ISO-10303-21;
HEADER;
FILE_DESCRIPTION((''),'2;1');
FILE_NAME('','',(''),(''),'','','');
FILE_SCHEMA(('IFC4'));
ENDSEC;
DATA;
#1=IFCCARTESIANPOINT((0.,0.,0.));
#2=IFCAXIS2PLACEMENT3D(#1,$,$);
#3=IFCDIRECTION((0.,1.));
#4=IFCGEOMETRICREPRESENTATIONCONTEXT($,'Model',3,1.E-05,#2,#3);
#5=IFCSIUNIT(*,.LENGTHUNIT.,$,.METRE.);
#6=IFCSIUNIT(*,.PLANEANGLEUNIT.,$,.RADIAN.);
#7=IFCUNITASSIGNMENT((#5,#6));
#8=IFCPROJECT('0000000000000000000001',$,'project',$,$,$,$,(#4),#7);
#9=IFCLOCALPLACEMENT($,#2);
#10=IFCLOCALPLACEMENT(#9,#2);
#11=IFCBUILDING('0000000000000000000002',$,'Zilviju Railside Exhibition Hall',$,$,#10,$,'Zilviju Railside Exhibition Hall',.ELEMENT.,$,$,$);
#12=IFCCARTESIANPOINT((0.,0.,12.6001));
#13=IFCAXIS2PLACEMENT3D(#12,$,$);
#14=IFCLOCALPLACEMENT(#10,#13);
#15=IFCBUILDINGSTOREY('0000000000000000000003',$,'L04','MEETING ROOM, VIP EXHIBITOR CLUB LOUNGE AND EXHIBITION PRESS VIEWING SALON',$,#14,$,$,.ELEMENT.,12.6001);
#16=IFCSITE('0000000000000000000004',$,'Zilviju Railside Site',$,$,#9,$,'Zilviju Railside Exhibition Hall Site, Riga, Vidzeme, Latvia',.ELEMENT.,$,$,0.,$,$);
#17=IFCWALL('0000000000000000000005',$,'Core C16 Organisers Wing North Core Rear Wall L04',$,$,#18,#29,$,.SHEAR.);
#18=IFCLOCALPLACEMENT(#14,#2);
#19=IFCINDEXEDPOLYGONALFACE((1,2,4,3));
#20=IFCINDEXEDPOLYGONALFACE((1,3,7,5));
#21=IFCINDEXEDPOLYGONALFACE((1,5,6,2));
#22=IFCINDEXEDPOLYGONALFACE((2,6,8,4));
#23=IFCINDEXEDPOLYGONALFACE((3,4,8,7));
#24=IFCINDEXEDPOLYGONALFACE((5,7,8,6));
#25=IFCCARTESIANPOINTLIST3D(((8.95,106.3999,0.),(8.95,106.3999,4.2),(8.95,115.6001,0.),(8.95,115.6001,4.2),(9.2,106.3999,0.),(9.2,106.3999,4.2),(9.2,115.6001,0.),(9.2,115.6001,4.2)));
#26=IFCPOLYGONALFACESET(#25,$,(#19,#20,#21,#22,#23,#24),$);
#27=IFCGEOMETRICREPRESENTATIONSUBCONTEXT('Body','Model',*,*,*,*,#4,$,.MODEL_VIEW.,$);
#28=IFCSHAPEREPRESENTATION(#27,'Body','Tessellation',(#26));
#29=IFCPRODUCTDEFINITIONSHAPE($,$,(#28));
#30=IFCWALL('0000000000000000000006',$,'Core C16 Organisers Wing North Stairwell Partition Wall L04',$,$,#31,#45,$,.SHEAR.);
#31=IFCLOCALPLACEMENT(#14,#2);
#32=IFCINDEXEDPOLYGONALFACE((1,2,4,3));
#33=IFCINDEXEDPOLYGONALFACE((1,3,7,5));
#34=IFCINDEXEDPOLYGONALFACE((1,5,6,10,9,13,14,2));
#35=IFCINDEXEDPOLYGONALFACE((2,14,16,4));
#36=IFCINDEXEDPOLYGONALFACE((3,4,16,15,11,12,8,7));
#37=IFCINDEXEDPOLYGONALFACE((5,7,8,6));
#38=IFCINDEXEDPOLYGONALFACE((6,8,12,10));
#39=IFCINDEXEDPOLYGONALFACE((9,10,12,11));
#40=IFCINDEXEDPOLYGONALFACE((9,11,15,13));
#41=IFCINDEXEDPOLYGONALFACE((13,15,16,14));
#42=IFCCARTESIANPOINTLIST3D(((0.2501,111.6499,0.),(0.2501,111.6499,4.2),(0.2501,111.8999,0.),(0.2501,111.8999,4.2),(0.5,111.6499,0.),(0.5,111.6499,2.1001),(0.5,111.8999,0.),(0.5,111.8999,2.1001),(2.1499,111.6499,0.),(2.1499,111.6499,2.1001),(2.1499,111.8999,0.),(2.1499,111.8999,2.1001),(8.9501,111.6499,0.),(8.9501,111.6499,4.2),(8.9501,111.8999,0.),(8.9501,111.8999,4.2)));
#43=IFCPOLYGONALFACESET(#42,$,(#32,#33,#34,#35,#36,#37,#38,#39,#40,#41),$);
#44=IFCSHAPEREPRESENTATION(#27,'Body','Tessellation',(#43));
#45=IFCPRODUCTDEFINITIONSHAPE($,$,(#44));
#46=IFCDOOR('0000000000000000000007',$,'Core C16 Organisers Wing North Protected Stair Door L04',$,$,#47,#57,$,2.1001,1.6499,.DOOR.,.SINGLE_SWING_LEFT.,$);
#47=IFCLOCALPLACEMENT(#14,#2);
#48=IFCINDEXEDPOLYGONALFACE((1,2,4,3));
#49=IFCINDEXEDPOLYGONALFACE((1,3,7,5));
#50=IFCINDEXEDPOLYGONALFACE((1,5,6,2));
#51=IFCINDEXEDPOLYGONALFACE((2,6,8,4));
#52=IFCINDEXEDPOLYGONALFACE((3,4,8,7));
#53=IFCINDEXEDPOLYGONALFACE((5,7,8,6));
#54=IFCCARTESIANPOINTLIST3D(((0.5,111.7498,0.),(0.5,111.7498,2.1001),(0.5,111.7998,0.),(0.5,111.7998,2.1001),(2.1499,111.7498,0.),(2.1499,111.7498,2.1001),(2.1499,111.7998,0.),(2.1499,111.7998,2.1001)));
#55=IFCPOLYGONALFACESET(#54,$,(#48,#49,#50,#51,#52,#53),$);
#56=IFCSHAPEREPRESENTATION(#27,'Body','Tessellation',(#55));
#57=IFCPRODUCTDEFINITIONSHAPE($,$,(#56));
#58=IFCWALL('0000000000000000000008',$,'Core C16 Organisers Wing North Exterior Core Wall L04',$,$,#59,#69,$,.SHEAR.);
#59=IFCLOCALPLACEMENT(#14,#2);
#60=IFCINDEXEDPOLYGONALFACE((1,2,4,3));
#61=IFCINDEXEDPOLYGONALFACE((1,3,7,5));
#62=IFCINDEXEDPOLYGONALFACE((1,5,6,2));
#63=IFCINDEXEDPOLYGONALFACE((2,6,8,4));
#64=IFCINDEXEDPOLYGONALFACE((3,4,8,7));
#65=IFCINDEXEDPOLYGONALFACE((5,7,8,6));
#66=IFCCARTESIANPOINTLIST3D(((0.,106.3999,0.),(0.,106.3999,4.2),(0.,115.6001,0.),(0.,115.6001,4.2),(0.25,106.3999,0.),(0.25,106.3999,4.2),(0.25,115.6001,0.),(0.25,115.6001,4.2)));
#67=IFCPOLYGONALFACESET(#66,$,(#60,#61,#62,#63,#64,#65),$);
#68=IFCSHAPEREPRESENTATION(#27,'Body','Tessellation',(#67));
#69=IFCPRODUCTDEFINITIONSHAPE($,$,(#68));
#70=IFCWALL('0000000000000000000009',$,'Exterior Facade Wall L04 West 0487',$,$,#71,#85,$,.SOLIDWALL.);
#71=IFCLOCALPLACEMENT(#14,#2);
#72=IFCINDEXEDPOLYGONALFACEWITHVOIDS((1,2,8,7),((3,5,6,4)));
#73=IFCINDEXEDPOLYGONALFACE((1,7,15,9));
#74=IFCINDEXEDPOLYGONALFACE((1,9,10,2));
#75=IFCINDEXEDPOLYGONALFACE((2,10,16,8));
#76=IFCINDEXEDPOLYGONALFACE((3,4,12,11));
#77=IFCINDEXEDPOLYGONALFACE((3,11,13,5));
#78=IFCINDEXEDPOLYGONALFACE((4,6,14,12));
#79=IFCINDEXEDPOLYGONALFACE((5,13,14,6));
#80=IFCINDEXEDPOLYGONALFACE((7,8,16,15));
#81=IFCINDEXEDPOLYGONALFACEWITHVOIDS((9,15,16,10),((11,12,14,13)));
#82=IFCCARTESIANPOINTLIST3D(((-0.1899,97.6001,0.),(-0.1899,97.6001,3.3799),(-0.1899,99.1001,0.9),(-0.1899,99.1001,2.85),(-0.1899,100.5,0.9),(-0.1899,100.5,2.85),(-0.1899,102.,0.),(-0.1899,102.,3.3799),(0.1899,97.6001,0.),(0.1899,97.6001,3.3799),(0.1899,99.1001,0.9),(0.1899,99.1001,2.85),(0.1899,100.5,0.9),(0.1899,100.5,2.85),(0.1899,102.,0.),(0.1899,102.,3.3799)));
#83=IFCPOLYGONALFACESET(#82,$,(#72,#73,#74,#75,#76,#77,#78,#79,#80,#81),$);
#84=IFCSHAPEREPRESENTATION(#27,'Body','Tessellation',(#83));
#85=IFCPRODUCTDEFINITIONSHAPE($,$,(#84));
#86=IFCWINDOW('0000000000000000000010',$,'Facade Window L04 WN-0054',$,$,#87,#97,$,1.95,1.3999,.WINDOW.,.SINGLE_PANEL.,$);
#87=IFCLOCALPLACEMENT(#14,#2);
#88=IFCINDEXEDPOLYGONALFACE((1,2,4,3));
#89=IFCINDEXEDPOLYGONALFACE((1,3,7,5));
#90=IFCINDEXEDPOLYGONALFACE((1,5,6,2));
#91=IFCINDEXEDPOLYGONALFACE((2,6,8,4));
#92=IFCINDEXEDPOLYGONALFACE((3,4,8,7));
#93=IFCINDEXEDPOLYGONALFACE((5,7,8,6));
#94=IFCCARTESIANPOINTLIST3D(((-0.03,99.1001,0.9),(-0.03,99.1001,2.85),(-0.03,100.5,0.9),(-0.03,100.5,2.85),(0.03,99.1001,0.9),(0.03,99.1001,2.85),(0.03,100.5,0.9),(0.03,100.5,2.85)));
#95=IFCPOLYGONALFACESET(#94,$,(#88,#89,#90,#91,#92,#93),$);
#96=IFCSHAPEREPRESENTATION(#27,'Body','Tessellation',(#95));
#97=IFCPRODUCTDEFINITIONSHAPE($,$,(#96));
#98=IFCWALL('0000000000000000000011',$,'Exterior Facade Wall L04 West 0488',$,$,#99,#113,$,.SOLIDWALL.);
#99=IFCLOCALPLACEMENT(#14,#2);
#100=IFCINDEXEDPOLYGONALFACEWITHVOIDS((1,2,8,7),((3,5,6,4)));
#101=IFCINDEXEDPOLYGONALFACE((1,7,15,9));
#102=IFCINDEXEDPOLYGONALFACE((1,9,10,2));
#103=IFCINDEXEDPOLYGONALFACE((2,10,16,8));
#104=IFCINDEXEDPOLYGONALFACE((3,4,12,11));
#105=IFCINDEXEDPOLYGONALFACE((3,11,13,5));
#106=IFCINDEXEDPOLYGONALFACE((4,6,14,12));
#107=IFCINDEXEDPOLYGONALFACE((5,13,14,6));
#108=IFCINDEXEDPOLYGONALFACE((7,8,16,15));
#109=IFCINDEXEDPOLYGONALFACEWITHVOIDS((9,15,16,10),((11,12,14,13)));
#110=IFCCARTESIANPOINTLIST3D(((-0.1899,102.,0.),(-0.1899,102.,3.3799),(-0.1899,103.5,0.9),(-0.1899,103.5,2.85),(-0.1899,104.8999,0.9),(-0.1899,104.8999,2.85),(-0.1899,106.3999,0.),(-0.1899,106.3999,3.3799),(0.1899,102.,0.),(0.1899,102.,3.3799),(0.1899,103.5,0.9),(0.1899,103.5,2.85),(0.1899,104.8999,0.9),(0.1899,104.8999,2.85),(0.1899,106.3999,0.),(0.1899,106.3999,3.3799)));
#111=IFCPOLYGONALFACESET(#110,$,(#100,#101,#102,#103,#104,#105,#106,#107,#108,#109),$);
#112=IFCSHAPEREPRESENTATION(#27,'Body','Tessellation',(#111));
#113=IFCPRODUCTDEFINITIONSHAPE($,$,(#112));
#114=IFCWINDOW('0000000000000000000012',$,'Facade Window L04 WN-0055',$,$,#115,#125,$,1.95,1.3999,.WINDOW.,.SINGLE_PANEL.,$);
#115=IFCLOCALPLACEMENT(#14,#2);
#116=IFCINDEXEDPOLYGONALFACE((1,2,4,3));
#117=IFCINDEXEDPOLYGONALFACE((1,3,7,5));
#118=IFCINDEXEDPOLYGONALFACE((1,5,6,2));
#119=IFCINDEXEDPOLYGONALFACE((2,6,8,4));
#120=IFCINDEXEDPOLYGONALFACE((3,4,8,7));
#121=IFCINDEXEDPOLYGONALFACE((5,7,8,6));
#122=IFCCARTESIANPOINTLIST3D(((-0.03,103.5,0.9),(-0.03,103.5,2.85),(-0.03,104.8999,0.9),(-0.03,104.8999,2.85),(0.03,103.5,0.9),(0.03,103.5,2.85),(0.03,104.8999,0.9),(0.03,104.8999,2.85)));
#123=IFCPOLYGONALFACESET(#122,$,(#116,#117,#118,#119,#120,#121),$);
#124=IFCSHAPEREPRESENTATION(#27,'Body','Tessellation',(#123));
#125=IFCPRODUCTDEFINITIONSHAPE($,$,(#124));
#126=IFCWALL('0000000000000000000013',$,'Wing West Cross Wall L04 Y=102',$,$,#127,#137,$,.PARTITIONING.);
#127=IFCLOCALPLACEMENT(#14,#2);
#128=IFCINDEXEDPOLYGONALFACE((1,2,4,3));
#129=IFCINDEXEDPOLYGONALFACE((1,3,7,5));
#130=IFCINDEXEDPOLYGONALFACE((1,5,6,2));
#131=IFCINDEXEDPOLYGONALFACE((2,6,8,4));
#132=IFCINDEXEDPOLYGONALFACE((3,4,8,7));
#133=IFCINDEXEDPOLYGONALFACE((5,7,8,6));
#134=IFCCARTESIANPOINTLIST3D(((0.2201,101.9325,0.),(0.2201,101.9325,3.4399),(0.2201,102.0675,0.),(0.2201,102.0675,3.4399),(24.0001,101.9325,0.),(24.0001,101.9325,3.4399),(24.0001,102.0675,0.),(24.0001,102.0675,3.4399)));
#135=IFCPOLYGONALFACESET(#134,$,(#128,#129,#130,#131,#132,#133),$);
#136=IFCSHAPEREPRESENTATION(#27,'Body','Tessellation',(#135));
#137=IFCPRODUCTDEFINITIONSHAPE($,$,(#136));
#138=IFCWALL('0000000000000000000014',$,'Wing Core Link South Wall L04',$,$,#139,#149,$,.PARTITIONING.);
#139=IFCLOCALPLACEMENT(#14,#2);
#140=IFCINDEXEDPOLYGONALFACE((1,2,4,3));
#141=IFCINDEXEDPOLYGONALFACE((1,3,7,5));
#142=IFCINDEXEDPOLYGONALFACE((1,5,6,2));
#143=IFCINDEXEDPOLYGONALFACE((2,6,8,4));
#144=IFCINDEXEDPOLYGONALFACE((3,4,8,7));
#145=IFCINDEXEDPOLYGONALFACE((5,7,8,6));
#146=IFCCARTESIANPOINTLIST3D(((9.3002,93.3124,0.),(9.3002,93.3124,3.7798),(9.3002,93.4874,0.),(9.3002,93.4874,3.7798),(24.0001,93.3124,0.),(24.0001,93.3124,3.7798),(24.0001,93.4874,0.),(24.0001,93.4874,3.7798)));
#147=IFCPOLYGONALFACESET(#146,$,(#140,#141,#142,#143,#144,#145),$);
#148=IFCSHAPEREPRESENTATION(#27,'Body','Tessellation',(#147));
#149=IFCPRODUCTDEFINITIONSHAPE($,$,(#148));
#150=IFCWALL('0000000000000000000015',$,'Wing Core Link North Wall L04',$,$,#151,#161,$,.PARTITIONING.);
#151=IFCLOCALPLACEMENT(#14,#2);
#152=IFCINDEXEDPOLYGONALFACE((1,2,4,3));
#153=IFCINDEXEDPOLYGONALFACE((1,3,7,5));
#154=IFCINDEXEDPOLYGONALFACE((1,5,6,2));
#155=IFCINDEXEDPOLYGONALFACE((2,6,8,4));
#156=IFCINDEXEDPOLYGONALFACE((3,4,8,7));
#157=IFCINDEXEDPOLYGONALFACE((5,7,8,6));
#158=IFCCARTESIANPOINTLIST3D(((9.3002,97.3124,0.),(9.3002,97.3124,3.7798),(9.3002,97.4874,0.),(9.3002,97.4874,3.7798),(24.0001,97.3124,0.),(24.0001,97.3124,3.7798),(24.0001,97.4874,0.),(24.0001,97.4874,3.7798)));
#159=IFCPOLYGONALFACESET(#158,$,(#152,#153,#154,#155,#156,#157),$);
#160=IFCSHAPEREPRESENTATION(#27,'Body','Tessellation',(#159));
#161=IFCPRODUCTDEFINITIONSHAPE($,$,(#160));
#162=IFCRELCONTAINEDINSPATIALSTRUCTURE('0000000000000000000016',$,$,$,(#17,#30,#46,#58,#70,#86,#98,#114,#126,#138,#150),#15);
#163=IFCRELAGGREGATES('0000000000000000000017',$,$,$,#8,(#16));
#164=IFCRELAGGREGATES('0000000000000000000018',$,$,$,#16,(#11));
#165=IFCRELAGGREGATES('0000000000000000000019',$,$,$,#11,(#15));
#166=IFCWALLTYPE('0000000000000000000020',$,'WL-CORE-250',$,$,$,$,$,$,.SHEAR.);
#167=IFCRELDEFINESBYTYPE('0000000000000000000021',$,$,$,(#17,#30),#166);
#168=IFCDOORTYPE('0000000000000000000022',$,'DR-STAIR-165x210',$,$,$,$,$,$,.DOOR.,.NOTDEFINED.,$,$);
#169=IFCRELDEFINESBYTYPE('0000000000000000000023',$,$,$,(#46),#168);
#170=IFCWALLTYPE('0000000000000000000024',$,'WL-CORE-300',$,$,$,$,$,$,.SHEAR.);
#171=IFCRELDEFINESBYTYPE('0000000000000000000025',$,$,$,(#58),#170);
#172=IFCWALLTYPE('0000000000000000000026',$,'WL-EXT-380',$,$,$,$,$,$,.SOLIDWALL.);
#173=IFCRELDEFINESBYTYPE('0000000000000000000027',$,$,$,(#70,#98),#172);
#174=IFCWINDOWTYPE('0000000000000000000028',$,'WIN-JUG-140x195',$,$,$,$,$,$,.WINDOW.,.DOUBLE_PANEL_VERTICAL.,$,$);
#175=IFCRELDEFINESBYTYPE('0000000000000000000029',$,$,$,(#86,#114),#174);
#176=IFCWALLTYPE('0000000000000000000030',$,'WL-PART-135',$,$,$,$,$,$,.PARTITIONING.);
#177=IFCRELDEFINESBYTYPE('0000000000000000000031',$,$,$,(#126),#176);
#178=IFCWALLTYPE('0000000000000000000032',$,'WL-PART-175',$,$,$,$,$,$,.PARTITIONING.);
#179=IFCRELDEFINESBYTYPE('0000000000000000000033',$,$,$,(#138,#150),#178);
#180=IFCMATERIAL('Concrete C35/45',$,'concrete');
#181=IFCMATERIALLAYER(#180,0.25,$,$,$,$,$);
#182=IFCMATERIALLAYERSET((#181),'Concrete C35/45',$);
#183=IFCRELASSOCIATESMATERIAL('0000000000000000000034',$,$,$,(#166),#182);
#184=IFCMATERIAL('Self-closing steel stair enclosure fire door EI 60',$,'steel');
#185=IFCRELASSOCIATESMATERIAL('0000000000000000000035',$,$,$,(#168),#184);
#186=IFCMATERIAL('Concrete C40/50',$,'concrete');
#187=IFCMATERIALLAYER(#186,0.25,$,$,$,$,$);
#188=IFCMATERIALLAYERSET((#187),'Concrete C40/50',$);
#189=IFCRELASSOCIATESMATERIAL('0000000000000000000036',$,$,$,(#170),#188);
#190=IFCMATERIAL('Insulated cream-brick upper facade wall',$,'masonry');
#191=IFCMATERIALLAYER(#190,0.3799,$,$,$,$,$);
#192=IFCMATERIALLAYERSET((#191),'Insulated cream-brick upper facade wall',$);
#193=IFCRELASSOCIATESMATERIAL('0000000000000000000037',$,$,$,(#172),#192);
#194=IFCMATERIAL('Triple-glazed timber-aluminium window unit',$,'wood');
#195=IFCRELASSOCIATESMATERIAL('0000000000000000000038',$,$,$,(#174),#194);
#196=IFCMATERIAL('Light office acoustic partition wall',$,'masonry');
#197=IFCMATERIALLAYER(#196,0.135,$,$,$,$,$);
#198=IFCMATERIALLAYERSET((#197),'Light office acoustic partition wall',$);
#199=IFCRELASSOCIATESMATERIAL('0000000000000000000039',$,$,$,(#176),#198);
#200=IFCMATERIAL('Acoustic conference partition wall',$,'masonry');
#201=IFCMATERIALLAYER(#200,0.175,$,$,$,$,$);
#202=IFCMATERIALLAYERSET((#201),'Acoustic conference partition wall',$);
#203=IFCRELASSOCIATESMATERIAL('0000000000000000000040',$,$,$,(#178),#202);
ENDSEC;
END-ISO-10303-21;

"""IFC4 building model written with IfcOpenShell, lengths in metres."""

from ifc_helpers import new_model, si_unit, direction, frame, frame_2d, origin, place, context, subcontext, project, spatial, rectangle, extrude, material, layer, layer_set, type_object, element, fill, save


model = new_model("IFC4")

# Units and contexts
model_context = context("Model", 3, precision=1e-05, world=origin(), true_north=direction((0.0, 1.0)))
body_context = subcontext(model_context, "Body", "Model", "MODEL_VIEW")
ifc_project = project(units=[si_unit("LENGTHUNIT", "METRE"), si_unit("PLANEANGLEUNIT", "RADIAN")], contexts=[model_context])

# Site, building, storey
site_placement = place(None, origin())
site = spatial("IfcSite", under=ifc_project, at=site_placement, Name="Zilviju Railside Site", LongName="Zilviju Railside Exhibition Hall Site, Riga, Vidzeme, Latvia", CompositionType="ELEMENT", RefElevation=0.0)
building_placement = place(site_placement, origin())
building = spatial("IfcBuilding", under=site, at=building_placement, Name="Zilviju Railside Exhibition Hall", LongName="Zilviju Railside Exhibition Hall", CompositionType="ELEMENT")
storey_placement = place(building_placement, frame((0.0, 0.0, 12.6001)))
storey = spatial("IfcBuildingStorey", under=building, at=storey_placement, Name="L04", Description="MEETING ROOM, VIP EXHIBITOR CLUB LOUNGE AND EXHIBITION PRESS VIEWING SALON", CompositionType="ELEMENT", Elevation=12.6001)

# Shared definitions
ifc_material_1 = material(Name="Concrete C35/45", Category="concrete")

# Shared definitions
ifc_layer_1 = layer(ifc_material_1, 0.25)
ifc_layer_set_1 = layer_set([ifc_layer_1], Name="Concrete C35/45")
wall_type_1 = type_object("IfcWallType", Name="WL-CORE-250", PredefinedType="SHEAR", material=ifc_layer_set_1)
ifc_material_2 = material(Name="Self-closing steel stair enclosure fire door EI 60", Category="steel")
door_type_1 = type_object("IfcDoorType", Name="DR-STAIR-165x210", OperationType="NOTDEFINED", PredefinedType="DOOR", material=ifc_material_2)

# Wall
wall_1_placement = place(storey_placement, frame((9.075, 106.3999, 0.0), z_axis=(0.0, 0.0, 1.0), x_axis=(0.0, 1.0, 0.0)))
element("IfcWall", 1, at=wall_1_placement, inside=storey, type_object=wall_type_1, Name="Core C16 Organisers Wing North Core Rear Wall L04", PredefinedType="SHEAR", context=body_context, shape_type="SweptSolid", body=[
    extrude(rectangle(XDim=9.2002, YDim=0.25, at=frame_2d((4.6001, 0.0))), origin(), (0.0, 0.0, 1.0), 4.2),
])

# Wall, opening, door
wall_2_placement = place(storey_placement, frame((0.25, 111.7749, 0.0), z_axis=(0.0, 0.0, 1.0), x_axis=(1.0, 0.0, 0.0)))
wall_2 = element("IfcWall", 2, at=wall_2_placement, inside=storey, type_object=wall_type_1, Name="Core C16 Organisers Wing North Stairwell Partition Wall L04", PredefinedType="SHEAR", context=body_context, shape_type="SweptSolid", body=[
    extrude(rectangle(XDim=8.7, YDim=0.25, at=frame_2d((4.3501, 0.0))), origin(), (0.0, 0.0, 1.0), 4.2),
])
opening_1_placement = place(wall_2_placement, frame((0.25, 0.0, 0.0)))
opening_1 = element("IfcOpeningElement", 3, at=opening_1_placement, cuts=wall_2, PredefinedType="OPENING", context=body_context, shape_type="SweptSolid", body=[
    extrude(rectangle(XDim=1.6499, YDim=2.1001, at=frame_2d((0.825, 1.05))), frame((0.0, 0.135, 0.0), z_axis=(0.0, -1.0, 0.0), x_axis=(1.0, 0.0, 0.0)), (0.0, 0.0, 1.0), 0.27),
])
door_1_placement = place(opening_1_placement, origin())
door_1 = element("IfcDoor", 4, at=door_1_placement, inside=storey, type_object=door_type_1, Name="Core C16 Organisers Wing North Protected Stair Door L04", OperationType="SINGLE_SWING_LEFT", OverallHeight=2.1001, OverallWidth=1.6499, PredefinedType="DOOR", context=body_context, shape_type="SweptSolid", body=[
    extrude(rectangle(XDim=1.6499, YDim=2.1001, at=frame_2d((0.825, 1.05))), frame((0.0, 0.0249, 0.0), z_axis=(0.0, -1.0, 0.0), x_axis=(1.0, 0.0, 0.0)), (0.0, 0.0, 1.0), 0.05),
])
fill(opening_1, door_1)

# Wall
ifc_material_3 = material(Name="Concrete C40/50", Category="concrete")
ifc_layer_2 = layer(ifc_material_3, 0.25)
ifc_layer_set_2 = layer_set([ifc_layer_2], Name="Concrete C40/50")
wall_type_2 = type_object("IfcWallType", Name="WL-CORE-300", PredefinedType="SHEAR", material=ifc_layer_set_2)
wall_3_placement = place(storey_placement, frame((0.125, 106.3999, 0.0), z_axis=(0.0, 0.0, 1.0), x_axis=(0.0, 1.0, 0.0)))
element("IfcWall", 5, at=wall_3_placement, inside=storey, type_object=wall_type_2, Name="Core C16 Organisers Wing North Exterior Core Wall L04", PredefinedType="SHEAR", context=body_context, shape_type="SweptSolid", body=[
    extrude(rectangle(XDim=9.2002, YDim=0.25, at=frame_2d((4.6001, 0.0))), origin(), (0.0, 0.0, 1.0), 4.2),
])

# Walls, openings, windows
ifc_material_4 = material(Name="Insulated cream-brick upper facade wall", Category="masonry")
ifc_layer_3 = layer(ifc_material_4, 0.3799)
ifc_layer_set_3 = layer_set([ifc_layer_3], Name="Insulated cream-brick upper facade wall")
wall_type_3 = type_object("IfcWallType", Name="WL-EXT-380", PredefinedType="SOLIDWALL", material=ifc_layer_set_3)
wall_4_placement = place(storey_placement, frame((0.0, 97.6001, 0.0), z_axis=(0.0, 0.0, 1.0), x_axis=(0.0, 1.0, 0.0)))
wall_4 = element("IfcWall", 6, at=wall_4_placement, inside=storey, type_object=wall_type_3, Name="Exterior Facade Wall L04 West 0487", PredefinedType="SOLIDWALL", context=body_context, shape_type="SweptSolid", body=[
    extrude(rectangle(XDim=4.3999, YDim=0.3799, at=frame_2d((2.2, 0.0))), origin(), (0.0, 0.0, 1.0), 3.3799),
])
opening_2_placement = place(wall_4_placement, frame((1.5, 0.0, 0.8999)))
opening_2 = element("IfcOpeningElement", 7, at=opening_2_placement, cuts=wall_4, PredefinedType="OPENING", context=body_context, shape_type="SweptSolid", body=[
    extrude(rectangle(XDim=1.3999, YDim=1.95, at=frame_2d((0.7, 0.9751))), frame((0.0, 0.2, 0.0), z_axis=(0.0, -1.0, 0.0), x_axis=(1.0, 0.0, 0.0)), (0.0, 0.0, 1.0), 0.3999),
])
ifc_material_5 = material(Name="Triple-glazed timber-aluminium window unit", Category="wood")
window_type = type_object("IfcWindowType", Name="WIN-JUG-140x195", PartitioningType="DOUBLE_PANEL_VERTICAL", PredefinedType="WINDOW", material=ifc_material_5)
window_1_placement = place(opening_2_placement, origin())
window_1 = element("IfcWindow", 8, at=window_1_placement, inside=storey, type_object=window_type, Name="Facade Window L04 WN-0054", OverallHeight=1.95, OverallWidth=1.3999, PartitioningType="SINGLE_PANEL", PredefinedType="WINDOW", context=body_context, shape_type="SweptSolid", body=[
    extrude(rectangle(XDim=1.3999, YDim=1.95, at=frame_2d((0.7, 0.9751))), frame((0.0, 0.03, 0.0), z_axis=(0.0, -1.0, 0.0), x_axis=(1.0, 0.0, 0.0)), (0.0, 0.0, 1.0), 0.0601),
])
fill(opening_2, window_1)
wall_5_placement = place(storey_placement, frame((0.0, 102.0, 0.0), z_axis=(0.0, 0.0, 1.0), x_axis=(0.0, 1.0, 0.0)))
wall_5 = element("IfcWall", 9, at=wall_5_placement, inside=storey, type_object=wall_type_3, Name="Exterior Facade Wall L04 West 0488", PredefinedType="SOLIDWALL", context=body_context, shape_type="SweptSolid", body=[
    extrude(rectangle(XDim=4.3999, YDim=0.3799, at=frame_2d((2.2, 0.0))), origin(), (0.0, 0.0, 1.0), 3.3799),
])
opening_3_placement = place(wall_5_placement, frame((1.5, 0.0, 0.8999)))
opening_3 = element("IfcOpeningElement", 10, at=opening_3_placement, cuts=wall_5, PredefinedType="OPENING", context=body_context, shape_type="SweptSolid", body=[
    extrude(rectangle(XDim=1.3999, YDim=1.95, at=frame_2d((0.7, 0.9751))), frame((0.0, 0.2, 0.0), z_axis=(0.0, -1.0, 0.0), x_axis=(1.0, 0.0, 0.0)), (0.0, 0.0, 1.0), 0.3999),
])
window_2_placement = place(opening_3_placement, origin())
window_2 = element("IfcWindow", 11, at=window_2_placement, inside=storey, type_object=window_type, Name="Facade Window L04 WN-0055", OverallHeight=1.95, OverallWidth=1.3999, PartitioningType="SINGLE_PANEL", PredefinedType="WINDOW", context=body_context, shape_type="SweptSolid", body=[
    extrude(rectangle(XDim=1.3999, YDim=1.95, at=frame_2d((0.7, 0.9751))), frame((0.0, 0.03, 0.0), z_axis=(0.0, -1.0, 0.0), x_axis=(1.0, 0.0, 0.0)), (0.0, 0.0, 1.0), 0.0601),
])
fill(opening_3, window_2)

# Walls
ifc_material_6 = material(Name="Light office acoustic partition wall", Category="masonry")
ifc_layer_4 = layer(ifc_material_6, 0.135)
ifc_layer_set_4 = layer_set([ifc_layer_4], Name="Light office acoustic partition wall")
wall_type_4 = type_object("IfcWallType", Name="WL-PART-135", PredefinedType="PARTITIONING", material=ifc_layer_set_4)
wall_6_placement = place(storey_placement, frame((0.22, 102.0, 0.0), z_axis=(0.0, 0.0, 1.0), x_axis=(1.0, 0.0, 0.0)))
element("IfcWall", 12, at=wall_6_placement, inside=storey, type_object=wall_type_4, Name="Wing West Cross Wall L04 Y=102", PredefinedType="PARTITIONING", context=body_context, shape_type="SweptSolid", body=[
    extrude(rectangle(XDim=23.78, YDim=0.135, at=frame_2d((11.8901, 0.0))), origin(), (0.0, 0.0, 1.0), 3.4399),
])
ifc_material_7 = material(Name="Acoustic conference partition wall", Category="masonry")
ifc_layer_5 = layer(ifc_material_7, 0.175)
ifc_layer_set_5 = layer_set([ifc_layer_5], Name="Acoustic conference partition wall")
wall_type_5 = type_object("IfcWallType", Name="WL-PART-175", PredefinedType="PARTITIONING", material=ifc_layer_set_5)
for number, where, z_axis, x_axis, name in (
    (13, (9.3, 93.3999, 0.0), (0.0, 0.0, 1.0), (1.0, 0.0, 0.0), "Wing Core Link South Wall L04"),
    (14, (9.3, 97.3999, 0.0), (0.0, 0.0, 1.0), (1.0, 0.0, 0.0), "Wing Core Link North Wall L04"),
):
    element("IfcWall", number, at=place(storey_placement, frame(where, z_axis=z_axis, x_axis=x_axis)), inside=storey, type_object=wall_type_5, Name=name, PredefinedType="PARTITIONING", context=body_context, shape_type="SweptSolid", body=[
        extrude(rectangle(XDim=14.7, YDim=0.175, at=frame_2d((7.3501, 0.0))), origin(), (0.0, 0.0, 1.0), 3.7798),
    ])

save(model, "model.ifc")
